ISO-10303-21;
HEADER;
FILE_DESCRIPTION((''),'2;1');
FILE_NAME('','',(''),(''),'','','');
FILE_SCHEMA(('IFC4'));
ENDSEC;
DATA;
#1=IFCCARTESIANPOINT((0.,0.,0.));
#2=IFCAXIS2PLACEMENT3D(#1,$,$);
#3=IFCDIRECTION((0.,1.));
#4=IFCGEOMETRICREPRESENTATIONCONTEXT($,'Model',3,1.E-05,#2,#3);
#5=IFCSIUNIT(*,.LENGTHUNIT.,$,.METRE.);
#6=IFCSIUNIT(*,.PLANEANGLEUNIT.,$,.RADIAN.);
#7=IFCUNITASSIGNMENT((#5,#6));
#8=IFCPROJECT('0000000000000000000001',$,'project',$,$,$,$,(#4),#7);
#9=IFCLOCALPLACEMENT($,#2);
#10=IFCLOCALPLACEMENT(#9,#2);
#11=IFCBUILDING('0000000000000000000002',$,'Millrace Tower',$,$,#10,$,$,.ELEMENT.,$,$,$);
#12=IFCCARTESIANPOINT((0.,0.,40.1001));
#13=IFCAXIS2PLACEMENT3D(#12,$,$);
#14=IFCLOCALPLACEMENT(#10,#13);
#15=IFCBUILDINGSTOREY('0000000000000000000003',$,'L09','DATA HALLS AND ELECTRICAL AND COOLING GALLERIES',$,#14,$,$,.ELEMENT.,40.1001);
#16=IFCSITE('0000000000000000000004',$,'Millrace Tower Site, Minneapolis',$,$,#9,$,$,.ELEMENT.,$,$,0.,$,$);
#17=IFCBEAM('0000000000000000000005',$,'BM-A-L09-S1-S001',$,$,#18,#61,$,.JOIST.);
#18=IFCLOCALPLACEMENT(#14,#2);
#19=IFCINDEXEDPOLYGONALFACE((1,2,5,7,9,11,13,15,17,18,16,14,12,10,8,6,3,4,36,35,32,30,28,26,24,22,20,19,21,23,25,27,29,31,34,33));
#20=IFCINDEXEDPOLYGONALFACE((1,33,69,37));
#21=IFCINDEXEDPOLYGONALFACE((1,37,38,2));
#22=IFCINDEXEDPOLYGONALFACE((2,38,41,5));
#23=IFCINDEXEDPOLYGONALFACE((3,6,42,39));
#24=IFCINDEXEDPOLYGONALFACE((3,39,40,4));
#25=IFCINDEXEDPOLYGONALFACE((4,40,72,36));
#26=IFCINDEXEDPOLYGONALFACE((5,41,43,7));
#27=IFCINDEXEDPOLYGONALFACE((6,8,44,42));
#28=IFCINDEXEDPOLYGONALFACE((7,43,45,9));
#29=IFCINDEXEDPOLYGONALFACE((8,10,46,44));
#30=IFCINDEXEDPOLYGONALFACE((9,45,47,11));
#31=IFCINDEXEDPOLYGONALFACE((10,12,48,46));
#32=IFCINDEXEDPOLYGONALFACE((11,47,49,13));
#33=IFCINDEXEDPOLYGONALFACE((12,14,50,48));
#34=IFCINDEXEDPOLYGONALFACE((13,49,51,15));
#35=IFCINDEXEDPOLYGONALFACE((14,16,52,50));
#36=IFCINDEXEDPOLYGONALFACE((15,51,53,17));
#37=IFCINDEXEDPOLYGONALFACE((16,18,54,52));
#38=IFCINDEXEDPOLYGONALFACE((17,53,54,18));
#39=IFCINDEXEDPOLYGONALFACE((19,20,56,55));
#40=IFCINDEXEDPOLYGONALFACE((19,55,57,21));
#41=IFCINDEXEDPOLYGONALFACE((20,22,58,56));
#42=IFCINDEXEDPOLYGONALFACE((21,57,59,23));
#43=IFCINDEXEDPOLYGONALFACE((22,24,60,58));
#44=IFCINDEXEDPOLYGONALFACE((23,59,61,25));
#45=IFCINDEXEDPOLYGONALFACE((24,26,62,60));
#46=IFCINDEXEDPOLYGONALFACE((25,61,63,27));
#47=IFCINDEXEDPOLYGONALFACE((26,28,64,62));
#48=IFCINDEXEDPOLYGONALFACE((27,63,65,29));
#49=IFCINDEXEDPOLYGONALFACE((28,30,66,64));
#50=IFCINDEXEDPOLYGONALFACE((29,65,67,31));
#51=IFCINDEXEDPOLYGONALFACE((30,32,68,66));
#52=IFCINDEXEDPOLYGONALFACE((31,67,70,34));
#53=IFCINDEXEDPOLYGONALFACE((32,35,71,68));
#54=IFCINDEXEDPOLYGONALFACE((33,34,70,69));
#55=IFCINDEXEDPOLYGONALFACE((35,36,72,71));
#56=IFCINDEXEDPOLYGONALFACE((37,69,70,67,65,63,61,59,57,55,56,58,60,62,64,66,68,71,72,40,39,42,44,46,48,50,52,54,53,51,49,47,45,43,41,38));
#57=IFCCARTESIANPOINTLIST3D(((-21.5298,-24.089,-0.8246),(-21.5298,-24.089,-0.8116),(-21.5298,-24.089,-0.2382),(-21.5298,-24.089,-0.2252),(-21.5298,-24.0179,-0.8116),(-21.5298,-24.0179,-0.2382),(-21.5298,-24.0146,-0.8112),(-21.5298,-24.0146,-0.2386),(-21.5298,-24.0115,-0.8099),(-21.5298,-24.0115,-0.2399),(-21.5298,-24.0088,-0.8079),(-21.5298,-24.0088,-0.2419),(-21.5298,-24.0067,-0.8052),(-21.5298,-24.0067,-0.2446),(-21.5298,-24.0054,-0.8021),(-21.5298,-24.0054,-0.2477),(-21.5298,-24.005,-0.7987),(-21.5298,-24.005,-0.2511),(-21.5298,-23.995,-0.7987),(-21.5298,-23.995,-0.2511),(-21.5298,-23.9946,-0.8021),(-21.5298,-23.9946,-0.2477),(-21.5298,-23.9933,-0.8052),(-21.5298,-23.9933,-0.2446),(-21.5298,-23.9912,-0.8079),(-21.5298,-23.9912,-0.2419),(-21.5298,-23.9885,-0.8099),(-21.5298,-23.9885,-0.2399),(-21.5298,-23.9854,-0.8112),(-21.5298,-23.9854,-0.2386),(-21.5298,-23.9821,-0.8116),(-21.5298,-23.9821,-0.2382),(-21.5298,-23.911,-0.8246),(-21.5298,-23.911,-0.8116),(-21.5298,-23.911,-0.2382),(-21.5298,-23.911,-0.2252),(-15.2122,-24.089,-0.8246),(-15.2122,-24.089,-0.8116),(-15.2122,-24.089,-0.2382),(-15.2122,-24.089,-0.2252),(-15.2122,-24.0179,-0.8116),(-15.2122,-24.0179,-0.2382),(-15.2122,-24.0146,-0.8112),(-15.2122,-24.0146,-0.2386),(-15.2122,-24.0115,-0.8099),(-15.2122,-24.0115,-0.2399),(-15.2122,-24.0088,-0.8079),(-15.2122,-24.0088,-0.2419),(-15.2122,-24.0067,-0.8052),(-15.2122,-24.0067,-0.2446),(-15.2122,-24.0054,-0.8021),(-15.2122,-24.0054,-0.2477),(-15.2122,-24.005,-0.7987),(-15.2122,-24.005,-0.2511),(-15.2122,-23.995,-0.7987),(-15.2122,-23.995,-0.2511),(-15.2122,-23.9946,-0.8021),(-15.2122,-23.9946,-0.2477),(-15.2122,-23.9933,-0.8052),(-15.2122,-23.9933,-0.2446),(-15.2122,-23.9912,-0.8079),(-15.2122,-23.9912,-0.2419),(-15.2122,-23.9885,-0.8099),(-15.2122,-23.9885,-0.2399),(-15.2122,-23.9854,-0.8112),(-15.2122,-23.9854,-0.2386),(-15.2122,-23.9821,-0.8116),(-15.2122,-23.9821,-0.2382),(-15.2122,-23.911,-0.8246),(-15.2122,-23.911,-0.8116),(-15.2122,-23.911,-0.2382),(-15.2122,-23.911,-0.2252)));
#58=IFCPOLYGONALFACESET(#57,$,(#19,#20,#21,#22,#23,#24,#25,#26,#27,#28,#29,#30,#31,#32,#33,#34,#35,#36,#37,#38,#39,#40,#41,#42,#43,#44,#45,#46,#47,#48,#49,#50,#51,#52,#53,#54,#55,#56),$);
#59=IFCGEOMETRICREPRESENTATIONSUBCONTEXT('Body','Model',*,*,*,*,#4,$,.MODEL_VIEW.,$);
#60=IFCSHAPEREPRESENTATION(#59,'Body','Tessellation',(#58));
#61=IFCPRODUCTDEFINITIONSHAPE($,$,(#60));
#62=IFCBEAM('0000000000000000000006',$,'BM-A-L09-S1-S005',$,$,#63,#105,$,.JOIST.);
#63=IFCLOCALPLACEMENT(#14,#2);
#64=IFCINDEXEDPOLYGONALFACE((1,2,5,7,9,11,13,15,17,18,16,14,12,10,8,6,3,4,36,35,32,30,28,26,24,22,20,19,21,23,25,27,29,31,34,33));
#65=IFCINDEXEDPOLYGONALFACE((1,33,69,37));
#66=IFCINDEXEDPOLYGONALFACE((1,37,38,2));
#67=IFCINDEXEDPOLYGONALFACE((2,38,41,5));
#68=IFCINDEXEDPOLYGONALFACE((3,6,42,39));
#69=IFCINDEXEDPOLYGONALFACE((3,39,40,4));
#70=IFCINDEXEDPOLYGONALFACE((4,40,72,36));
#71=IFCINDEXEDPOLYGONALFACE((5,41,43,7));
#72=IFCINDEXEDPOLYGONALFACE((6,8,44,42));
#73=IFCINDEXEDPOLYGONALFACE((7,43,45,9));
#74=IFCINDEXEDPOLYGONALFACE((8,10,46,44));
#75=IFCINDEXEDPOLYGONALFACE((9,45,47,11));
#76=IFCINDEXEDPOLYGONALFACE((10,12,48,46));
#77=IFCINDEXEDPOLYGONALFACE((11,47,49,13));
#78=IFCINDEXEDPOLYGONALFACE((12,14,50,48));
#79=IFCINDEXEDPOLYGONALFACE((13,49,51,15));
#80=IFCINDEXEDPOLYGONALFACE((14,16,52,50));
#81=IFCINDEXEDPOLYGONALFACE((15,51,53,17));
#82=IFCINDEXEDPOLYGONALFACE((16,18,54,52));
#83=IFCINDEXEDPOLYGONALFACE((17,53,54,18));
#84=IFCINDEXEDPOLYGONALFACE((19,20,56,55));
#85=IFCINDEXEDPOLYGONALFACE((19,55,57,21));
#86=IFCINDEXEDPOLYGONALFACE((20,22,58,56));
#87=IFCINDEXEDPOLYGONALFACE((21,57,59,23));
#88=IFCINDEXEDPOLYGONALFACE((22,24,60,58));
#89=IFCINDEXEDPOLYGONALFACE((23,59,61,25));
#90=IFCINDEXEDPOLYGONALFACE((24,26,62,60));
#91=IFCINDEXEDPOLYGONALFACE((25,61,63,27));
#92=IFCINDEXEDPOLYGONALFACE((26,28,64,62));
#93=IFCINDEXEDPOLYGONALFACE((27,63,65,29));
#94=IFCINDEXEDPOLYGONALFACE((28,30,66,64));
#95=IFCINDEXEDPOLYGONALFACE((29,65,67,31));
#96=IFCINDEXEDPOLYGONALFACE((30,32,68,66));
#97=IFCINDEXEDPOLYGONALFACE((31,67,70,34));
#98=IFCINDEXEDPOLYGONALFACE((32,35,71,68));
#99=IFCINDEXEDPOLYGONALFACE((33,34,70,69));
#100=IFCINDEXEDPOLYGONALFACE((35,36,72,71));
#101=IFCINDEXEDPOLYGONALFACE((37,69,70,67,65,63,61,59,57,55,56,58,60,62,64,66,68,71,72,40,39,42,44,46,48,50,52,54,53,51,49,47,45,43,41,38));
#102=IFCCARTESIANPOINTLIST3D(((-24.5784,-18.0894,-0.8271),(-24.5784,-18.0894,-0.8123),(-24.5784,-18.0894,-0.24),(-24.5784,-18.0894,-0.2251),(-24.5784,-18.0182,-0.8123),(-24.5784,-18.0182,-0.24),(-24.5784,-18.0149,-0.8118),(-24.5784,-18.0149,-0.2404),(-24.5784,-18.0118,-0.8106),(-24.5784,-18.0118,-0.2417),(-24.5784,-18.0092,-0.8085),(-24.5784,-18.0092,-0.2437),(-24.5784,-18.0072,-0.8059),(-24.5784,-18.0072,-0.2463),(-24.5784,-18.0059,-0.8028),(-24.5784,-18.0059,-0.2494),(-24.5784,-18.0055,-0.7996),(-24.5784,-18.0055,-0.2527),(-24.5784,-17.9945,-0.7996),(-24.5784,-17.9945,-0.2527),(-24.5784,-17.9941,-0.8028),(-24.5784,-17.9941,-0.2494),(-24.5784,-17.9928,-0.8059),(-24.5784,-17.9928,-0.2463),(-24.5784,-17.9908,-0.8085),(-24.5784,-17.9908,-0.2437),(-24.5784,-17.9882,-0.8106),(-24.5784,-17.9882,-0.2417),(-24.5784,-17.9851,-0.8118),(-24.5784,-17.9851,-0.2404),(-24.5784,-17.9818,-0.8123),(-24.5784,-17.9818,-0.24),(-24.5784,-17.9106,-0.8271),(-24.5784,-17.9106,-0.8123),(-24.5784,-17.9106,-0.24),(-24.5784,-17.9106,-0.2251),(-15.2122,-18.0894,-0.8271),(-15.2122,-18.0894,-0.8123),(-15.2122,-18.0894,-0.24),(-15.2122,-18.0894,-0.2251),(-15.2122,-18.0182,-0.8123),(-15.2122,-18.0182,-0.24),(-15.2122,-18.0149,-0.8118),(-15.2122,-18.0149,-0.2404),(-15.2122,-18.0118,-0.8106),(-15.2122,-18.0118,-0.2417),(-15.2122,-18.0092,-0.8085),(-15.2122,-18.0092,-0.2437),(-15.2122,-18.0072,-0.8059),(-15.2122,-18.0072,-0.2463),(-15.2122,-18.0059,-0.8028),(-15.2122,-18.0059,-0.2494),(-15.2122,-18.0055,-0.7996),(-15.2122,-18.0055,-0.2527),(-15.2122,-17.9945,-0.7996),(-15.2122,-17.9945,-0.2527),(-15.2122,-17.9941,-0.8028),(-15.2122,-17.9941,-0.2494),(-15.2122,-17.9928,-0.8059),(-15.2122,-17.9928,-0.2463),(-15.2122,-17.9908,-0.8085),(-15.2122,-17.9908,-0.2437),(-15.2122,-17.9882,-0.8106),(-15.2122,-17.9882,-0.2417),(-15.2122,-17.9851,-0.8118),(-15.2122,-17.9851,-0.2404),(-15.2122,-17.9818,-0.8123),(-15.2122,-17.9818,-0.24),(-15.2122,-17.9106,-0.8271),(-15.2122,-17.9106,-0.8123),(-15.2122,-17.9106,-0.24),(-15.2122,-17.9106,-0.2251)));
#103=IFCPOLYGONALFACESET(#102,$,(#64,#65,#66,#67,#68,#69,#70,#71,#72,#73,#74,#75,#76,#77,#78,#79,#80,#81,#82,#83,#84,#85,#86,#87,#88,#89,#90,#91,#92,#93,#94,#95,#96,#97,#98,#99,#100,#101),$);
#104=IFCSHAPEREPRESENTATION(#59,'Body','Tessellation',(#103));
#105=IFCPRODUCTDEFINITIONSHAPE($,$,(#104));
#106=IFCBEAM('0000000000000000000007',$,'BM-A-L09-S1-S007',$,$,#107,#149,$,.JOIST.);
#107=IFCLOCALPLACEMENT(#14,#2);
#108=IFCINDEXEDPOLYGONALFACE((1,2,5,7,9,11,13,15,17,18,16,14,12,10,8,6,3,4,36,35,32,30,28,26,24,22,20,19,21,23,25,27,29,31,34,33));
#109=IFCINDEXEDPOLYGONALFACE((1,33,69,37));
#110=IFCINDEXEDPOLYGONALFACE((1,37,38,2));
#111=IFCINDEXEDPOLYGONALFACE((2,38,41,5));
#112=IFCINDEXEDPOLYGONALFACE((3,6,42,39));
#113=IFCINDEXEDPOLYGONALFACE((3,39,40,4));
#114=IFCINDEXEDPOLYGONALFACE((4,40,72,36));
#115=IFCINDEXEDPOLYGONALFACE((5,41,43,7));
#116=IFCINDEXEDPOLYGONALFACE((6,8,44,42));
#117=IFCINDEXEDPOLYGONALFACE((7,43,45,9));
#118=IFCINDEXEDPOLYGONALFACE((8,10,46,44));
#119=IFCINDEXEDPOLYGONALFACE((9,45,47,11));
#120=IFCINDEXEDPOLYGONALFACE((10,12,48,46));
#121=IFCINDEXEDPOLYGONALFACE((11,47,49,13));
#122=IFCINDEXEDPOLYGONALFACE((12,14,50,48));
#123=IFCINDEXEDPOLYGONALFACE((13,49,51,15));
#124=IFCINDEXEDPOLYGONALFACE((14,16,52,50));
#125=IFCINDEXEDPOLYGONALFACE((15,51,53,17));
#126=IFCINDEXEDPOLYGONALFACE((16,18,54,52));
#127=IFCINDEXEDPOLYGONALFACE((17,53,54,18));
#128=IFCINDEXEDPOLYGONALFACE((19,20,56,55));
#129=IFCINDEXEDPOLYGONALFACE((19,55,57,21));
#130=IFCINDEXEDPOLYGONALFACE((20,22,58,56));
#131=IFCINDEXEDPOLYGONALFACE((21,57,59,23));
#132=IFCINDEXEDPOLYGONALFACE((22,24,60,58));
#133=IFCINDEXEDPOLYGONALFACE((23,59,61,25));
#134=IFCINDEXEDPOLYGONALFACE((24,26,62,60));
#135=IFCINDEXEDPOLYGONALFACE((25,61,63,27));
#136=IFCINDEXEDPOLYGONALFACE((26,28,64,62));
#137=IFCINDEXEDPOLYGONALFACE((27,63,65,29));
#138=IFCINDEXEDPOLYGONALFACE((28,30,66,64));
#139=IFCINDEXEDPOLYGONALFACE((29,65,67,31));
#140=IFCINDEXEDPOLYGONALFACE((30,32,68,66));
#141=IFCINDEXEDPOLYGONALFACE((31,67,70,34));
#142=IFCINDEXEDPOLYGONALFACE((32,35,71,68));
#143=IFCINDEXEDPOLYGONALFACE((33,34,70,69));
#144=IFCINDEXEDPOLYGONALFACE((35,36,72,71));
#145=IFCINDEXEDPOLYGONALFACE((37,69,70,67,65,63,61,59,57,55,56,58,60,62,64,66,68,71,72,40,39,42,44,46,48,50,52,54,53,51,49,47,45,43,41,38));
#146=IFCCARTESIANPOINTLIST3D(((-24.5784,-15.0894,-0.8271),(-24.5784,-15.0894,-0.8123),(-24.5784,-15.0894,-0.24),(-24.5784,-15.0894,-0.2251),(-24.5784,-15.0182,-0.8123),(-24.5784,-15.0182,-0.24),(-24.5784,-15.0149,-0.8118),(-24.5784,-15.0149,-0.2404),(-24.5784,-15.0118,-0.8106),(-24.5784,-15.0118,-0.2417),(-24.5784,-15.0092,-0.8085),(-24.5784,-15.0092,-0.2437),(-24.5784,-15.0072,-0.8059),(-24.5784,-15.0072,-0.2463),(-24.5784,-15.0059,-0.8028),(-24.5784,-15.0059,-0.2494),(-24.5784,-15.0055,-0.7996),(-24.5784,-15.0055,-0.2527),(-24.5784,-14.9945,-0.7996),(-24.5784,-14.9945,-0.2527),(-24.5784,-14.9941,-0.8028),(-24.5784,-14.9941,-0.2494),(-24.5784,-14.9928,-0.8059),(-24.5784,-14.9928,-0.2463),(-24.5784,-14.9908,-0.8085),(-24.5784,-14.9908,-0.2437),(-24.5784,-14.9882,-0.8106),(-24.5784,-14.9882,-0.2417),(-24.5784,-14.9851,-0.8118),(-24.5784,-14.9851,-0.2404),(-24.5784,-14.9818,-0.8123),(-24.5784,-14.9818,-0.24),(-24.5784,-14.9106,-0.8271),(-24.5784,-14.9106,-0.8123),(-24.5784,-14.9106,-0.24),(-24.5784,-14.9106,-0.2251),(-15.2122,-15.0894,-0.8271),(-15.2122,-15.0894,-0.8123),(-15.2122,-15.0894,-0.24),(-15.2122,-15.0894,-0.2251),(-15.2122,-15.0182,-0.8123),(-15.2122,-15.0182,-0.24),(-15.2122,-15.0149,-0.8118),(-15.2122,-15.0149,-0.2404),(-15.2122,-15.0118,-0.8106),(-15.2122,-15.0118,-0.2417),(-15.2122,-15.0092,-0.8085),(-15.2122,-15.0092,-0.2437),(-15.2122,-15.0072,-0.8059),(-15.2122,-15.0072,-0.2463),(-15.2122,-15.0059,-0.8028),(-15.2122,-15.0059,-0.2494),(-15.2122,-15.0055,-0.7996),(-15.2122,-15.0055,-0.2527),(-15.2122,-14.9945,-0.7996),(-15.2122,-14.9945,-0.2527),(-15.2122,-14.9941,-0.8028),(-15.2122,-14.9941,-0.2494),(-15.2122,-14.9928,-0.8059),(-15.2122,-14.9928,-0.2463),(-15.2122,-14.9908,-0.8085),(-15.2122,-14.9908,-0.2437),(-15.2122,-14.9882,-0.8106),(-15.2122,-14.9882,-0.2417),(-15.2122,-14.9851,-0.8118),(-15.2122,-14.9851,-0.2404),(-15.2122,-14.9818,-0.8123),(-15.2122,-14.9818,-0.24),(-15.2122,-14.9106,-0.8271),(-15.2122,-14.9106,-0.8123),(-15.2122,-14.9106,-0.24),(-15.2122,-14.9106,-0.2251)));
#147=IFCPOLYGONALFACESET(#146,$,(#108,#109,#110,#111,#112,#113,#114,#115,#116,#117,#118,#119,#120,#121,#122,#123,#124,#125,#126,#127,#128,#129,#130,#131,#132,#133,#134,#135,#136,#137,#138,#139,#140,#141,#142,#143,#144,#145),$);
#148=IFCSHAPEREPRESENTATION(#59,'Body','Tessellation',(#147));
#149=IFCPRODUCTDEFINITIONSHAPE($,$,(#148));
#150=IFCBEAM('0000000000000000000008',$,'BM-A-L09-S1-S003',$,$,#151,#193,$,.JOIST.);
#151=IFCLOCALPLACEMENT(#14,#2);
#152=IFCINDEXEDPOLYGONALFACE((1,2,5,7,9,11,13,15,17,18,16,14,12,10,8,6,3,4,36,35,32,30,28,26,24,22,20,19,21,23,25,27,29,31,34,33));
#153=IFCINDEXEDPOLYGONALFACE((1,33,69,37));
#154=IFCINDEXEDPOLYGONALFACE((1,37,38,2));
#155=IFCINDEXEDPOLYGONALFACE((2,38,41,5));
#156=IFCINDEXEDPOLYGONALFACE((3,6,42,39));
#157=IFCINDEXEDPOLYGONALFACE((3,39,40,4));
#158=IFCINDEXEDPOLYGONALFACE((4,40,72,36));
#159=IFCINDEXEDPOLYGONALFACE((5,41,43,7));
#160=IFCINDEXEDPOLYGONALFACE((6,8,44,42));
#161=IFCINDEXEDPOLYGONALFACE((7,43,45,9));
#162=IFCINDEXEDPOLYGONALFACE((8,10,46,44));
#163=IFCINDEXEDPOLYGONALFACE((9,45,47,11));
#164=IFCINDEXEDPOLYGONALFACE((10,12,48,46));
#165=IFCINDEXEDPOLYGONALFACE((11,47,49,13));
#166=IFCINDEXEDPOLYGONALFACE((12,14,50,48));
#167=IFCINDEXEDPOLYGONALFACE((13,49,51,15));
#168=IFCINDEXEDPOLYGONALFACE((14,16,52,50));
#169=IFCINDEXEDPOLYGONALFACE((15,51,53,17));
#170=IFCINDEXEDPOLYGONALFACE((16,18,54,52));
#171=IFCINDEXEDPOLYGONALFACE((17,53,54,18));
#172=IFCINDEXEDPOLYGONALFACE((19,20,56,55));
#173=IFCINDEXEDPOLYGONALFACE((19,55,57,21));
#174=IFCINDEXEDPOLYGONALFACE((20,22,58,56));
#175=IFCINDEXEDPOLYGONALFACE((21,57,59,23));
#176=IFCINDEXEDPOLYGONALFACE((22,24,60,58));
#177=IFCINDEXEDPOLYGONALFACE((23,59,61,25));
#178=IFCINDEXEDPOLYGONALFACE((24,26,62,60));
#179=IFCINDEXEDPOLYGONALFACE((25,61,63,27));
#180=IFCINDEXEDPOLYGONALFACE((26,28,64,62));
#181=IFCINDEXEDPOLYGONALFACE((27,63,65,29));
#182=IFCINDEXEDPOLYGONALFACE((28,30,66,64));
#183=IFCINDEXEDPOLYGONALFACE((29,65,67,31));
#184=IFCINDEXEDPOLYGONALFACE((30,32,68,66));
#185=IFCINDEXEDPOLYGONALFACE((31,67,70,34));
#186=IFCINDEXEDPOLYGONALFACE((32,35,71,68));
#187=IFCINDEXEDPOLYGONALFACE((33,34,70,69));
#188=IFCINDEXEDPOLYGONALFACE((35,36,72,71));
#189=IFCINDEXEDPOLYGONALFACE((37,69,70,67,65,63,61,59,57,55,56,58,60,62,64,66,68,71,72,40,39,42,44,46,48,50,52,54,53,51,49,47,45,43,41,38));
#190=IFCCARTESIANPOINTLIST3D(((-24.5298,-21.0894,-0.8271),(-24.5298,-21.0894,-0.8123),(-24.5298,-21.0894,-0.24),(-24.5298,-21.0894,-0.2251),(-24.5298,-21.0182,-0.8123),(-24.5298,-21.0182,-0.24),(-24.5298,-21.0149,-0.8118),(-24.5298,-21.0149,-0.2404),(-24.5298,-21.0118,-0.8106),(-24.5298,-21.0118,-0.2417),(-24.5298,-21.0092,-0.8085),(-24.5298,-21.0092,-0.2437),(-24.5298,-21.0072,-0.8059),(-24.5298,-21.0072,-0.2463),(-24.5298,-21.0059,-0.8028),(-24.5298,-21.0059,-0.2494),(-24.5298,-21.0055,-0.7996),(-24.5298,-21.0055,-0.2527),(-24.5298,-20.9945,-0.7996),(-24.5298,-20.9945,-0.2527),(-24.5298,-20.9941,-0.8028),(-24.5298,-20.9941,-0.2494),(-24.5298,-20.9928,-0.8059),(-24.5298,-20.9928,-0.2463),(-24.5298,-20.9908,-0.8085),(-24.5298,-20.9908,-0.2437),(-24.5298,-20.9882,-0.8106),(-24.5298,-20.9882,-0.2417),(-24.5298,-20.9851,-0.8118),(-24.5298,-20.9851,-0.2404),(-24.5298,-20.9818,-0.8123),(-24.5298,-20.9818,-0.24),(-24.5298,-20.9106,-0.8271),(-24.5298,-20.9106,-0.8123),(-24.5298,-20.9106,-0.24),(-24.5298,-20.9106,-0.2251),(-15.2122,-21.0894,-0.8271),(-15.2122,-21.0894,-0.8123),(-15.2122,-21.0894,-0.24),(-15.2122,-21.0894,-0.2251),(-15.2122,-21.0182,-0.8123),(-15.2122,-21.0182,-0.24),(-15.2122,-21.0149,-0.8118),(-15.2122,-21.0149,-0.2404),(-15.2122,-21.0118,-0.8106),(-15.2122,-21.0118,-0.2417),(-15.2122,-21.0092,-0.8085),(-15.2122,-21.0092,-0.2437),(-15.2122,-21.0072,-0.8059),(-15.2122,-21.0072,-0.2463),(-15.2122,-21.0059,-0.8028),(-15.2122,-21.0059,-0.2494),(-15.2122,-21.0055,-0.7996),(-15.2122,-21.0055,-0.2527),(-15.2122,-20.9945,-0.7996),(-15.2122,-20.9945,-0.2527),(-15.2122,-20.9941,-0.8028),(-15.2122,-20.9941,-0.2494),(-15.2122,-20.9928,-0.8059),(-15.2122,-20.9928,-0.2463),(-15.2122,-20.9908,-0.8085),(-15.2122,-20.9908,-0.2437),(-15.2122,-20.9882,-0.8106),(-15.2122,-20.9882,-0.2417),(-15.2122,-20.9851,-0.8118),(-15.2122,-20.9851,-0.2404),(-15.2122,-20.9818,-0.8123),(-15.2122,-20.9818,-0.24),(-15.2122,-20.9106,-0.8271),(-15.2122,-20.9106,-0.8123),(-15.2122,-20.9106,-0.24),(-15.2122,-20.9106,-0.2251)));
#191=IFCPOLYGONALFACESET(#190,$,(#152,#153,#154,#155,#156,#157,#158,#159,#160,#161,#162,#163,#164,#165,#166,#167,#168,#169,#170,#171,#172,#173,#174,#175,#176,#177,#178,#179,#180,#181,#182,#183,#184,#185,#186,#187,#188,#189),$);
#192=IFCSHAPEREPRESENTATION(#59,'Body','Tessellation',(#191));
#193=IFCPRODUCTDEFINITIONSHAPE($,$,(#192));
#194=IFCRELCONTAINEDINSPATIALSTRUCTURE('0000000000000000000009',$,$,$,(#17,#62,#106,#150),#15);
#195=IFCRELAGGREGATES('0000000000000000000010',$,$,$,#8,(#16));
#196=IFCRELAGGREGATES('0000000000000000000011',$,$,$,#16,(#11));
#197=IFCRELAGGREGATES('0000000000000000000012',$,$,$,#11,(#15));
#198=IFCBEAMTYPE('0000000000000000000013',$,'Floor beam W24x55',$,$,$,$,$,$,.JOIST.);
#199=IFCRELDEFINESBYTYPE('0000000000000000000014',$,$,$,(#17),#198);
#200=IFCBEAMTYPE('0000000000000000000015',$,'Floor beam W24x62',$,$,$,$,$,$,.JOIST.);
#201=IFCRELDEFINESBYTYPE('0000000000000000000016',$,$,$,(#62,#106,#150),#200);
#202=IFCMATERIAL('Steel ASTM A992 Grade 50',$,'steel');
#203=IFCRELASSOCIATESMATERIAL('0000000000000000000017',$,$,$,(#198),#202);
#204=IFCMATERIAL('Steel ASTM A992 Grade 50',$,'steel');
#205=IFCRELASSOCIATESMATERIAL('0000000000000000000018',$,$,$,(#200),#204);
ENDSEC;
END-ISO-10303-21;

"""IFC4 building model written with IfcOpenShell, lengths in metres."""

from ifc_helpers import new_model, si_unit, direction, frame, origin, origin_2d, place, context, subcontext, project, spatial, i_section, extrude, material, material_profile, profile_set, type_object, element, save


model = new_model("IFC4")

# Units and contexts
model_context = context("Model", 3, precision=1e-05, world=origin(), true_north=direction((0.0, 1.0)))
body_context = subcontext(model_context, "Body", "Model", "MODEL_VIEW")
ifc_project = project(units=[si_unit("LENGTHUNIT", "METRE"), si_unit("PLANEANGLEUNIT", "RADIAN")], contexts=[model_context])

# Site, building, storey
site_placement = place(None, origin())
site = spatial("IfcSite", under=ifc_project, at=site_placement, Name="Millrace Tower Site, Minneapolis", CompositionType="ELEMENT", RefElevation=0.0)
building_placement = place(site_placement, origin())
building = spatial("IfcBuilding", under=site, at=building_placement, Name="Millrace Tower", CompositionType="ELEMENT")
storey_placement = place(building_placement, frame((0.0, 0.0, 40.1001)))
storey = spatial("IfcBuildingStorey", under=building, at=storey_placement, Name="L09", Description="DATA HALLS AND ELECTRICAL AND COOLING GALLERIES", CompositionType="ELEMENT", Elevation=40.1001)

# Beams
ifc_material_1 = material(Name="Steel ASTM A992 Grade 50", Category="steel")
ifc_material_profile_1 = material_profile(ifc_material_1, i_section(OverallWidth=0.178, OverallDepth=0.5994, WebThickness=0.01, FlangeThickness=0.0129, FilletRadius=0.0129, at=origin_2d()))
ifc_profile_set_1 = profile_set([ifc_material_profile_1], Name="Steel ASTM A992 Grade 50")
beam_type_1 = type_object("IfcBeamType", Name="Floor beam W24x55", PredefinedType="JOIST", material=ifc_profile_set_1)
beam_1_placement = place(storey_placement, frame((-21.5298, -24.0, -0.5249), z_axis=(1.0, 0.0, 0.0), x_axis=(0.0, 1.0, 0.0)))
element("IfcBeam", 1, at=beam_1_placement, inside=storey, type_object=beam_type_1, Name="BM-A-L09-S1-S001", PredefinedType="JOIST", context=body_context, shape_type="SweptSolid", body=[
    extrude(i_section(OverallWidth=0.178, OverallDepth=0.5994, WebThickness=0.01, FlangeThickness=0.0129, FilletRadius=0.0129, at=origin_2d()), origin(), (0.0, 0.0, 1.0), 6.3176),
])
ifc_material_2 = material(Name="Steel ASTM A992 Grade 50", Category="steel")
ifc_material_profile_2 = material_profile(ifc_material_2, i_section(OverallWidth=0.1787, OverallDepth=0.6021, WebThickness=0.011, FlangeThickness=0.0149, FilletRadius=0.0127, at=origin_2d()))
ifc_profile_set_2 = profile_set([ifc_material_profile_2], Name="Steel ASTM A992 Grade 50")
beam_type_2 = type_object("IfcBeamType", Name="Floor beam W24x62", PredefinedType="JOIST", material=ifc_profile_set_2)
for number, where, z_axis, x_axis, name in (
    (2, (-24.5784, -18.0, -0.5261), (1.0, 0.0, 0.0), (0.0, 1.0, 0.0), "BM-A-L09-S1-S005"),
    (3, (-24.5784, -15.0, -0.5261), (1.0, 0.0, 0.0), (0.0, 1.0, 0.0), "BM-A-L09-S1-S007"),
):
    element("IfcBeam", number, at=place(storey_placement, frame(where, z_axis=z_axis, x_axis=x_axis)), inside=storey, type_object=beam_type_2, Name=name, PredefinedType="JOIST", context=body_context, shape_type="SweptSolid", body=[
        extrude(i_section(OverallWidth=0.1787, OverallDepth=0.6021, WebThickness=0.011, FlangeThickness=0.0149, FilletRadius=0.0127, at=origin_2d()), origin(), (0.0, 0.0, 1.0), 9.3662),
    ])
beam_2_placement = place(storey_placement, frame((-24.5298, -21.0, -0.5261), z_axis=(1.0, 0.0, 0.0), x_axis=(0.0, 1.0, 0.0)))
element("IfcBeam", 4, at=beam_2_placement, inside=storey, type_object=beam_type_2, Name="BM-A-L09-S1-S003", PredefinedType="JOIST", context=body_context, shape_type="SweptSolid", body=[
    extrude(i_section(OverallWidth=0.1787, OverallDepth=0.6021, WebThickness=0.011, FlangeThickness=0.0149, FilletRadius=0.0127, at=origin_2d()), origin(), (0.0, 0.0, 1.0), 9.3176),
])

save(model, "model.ifc")
